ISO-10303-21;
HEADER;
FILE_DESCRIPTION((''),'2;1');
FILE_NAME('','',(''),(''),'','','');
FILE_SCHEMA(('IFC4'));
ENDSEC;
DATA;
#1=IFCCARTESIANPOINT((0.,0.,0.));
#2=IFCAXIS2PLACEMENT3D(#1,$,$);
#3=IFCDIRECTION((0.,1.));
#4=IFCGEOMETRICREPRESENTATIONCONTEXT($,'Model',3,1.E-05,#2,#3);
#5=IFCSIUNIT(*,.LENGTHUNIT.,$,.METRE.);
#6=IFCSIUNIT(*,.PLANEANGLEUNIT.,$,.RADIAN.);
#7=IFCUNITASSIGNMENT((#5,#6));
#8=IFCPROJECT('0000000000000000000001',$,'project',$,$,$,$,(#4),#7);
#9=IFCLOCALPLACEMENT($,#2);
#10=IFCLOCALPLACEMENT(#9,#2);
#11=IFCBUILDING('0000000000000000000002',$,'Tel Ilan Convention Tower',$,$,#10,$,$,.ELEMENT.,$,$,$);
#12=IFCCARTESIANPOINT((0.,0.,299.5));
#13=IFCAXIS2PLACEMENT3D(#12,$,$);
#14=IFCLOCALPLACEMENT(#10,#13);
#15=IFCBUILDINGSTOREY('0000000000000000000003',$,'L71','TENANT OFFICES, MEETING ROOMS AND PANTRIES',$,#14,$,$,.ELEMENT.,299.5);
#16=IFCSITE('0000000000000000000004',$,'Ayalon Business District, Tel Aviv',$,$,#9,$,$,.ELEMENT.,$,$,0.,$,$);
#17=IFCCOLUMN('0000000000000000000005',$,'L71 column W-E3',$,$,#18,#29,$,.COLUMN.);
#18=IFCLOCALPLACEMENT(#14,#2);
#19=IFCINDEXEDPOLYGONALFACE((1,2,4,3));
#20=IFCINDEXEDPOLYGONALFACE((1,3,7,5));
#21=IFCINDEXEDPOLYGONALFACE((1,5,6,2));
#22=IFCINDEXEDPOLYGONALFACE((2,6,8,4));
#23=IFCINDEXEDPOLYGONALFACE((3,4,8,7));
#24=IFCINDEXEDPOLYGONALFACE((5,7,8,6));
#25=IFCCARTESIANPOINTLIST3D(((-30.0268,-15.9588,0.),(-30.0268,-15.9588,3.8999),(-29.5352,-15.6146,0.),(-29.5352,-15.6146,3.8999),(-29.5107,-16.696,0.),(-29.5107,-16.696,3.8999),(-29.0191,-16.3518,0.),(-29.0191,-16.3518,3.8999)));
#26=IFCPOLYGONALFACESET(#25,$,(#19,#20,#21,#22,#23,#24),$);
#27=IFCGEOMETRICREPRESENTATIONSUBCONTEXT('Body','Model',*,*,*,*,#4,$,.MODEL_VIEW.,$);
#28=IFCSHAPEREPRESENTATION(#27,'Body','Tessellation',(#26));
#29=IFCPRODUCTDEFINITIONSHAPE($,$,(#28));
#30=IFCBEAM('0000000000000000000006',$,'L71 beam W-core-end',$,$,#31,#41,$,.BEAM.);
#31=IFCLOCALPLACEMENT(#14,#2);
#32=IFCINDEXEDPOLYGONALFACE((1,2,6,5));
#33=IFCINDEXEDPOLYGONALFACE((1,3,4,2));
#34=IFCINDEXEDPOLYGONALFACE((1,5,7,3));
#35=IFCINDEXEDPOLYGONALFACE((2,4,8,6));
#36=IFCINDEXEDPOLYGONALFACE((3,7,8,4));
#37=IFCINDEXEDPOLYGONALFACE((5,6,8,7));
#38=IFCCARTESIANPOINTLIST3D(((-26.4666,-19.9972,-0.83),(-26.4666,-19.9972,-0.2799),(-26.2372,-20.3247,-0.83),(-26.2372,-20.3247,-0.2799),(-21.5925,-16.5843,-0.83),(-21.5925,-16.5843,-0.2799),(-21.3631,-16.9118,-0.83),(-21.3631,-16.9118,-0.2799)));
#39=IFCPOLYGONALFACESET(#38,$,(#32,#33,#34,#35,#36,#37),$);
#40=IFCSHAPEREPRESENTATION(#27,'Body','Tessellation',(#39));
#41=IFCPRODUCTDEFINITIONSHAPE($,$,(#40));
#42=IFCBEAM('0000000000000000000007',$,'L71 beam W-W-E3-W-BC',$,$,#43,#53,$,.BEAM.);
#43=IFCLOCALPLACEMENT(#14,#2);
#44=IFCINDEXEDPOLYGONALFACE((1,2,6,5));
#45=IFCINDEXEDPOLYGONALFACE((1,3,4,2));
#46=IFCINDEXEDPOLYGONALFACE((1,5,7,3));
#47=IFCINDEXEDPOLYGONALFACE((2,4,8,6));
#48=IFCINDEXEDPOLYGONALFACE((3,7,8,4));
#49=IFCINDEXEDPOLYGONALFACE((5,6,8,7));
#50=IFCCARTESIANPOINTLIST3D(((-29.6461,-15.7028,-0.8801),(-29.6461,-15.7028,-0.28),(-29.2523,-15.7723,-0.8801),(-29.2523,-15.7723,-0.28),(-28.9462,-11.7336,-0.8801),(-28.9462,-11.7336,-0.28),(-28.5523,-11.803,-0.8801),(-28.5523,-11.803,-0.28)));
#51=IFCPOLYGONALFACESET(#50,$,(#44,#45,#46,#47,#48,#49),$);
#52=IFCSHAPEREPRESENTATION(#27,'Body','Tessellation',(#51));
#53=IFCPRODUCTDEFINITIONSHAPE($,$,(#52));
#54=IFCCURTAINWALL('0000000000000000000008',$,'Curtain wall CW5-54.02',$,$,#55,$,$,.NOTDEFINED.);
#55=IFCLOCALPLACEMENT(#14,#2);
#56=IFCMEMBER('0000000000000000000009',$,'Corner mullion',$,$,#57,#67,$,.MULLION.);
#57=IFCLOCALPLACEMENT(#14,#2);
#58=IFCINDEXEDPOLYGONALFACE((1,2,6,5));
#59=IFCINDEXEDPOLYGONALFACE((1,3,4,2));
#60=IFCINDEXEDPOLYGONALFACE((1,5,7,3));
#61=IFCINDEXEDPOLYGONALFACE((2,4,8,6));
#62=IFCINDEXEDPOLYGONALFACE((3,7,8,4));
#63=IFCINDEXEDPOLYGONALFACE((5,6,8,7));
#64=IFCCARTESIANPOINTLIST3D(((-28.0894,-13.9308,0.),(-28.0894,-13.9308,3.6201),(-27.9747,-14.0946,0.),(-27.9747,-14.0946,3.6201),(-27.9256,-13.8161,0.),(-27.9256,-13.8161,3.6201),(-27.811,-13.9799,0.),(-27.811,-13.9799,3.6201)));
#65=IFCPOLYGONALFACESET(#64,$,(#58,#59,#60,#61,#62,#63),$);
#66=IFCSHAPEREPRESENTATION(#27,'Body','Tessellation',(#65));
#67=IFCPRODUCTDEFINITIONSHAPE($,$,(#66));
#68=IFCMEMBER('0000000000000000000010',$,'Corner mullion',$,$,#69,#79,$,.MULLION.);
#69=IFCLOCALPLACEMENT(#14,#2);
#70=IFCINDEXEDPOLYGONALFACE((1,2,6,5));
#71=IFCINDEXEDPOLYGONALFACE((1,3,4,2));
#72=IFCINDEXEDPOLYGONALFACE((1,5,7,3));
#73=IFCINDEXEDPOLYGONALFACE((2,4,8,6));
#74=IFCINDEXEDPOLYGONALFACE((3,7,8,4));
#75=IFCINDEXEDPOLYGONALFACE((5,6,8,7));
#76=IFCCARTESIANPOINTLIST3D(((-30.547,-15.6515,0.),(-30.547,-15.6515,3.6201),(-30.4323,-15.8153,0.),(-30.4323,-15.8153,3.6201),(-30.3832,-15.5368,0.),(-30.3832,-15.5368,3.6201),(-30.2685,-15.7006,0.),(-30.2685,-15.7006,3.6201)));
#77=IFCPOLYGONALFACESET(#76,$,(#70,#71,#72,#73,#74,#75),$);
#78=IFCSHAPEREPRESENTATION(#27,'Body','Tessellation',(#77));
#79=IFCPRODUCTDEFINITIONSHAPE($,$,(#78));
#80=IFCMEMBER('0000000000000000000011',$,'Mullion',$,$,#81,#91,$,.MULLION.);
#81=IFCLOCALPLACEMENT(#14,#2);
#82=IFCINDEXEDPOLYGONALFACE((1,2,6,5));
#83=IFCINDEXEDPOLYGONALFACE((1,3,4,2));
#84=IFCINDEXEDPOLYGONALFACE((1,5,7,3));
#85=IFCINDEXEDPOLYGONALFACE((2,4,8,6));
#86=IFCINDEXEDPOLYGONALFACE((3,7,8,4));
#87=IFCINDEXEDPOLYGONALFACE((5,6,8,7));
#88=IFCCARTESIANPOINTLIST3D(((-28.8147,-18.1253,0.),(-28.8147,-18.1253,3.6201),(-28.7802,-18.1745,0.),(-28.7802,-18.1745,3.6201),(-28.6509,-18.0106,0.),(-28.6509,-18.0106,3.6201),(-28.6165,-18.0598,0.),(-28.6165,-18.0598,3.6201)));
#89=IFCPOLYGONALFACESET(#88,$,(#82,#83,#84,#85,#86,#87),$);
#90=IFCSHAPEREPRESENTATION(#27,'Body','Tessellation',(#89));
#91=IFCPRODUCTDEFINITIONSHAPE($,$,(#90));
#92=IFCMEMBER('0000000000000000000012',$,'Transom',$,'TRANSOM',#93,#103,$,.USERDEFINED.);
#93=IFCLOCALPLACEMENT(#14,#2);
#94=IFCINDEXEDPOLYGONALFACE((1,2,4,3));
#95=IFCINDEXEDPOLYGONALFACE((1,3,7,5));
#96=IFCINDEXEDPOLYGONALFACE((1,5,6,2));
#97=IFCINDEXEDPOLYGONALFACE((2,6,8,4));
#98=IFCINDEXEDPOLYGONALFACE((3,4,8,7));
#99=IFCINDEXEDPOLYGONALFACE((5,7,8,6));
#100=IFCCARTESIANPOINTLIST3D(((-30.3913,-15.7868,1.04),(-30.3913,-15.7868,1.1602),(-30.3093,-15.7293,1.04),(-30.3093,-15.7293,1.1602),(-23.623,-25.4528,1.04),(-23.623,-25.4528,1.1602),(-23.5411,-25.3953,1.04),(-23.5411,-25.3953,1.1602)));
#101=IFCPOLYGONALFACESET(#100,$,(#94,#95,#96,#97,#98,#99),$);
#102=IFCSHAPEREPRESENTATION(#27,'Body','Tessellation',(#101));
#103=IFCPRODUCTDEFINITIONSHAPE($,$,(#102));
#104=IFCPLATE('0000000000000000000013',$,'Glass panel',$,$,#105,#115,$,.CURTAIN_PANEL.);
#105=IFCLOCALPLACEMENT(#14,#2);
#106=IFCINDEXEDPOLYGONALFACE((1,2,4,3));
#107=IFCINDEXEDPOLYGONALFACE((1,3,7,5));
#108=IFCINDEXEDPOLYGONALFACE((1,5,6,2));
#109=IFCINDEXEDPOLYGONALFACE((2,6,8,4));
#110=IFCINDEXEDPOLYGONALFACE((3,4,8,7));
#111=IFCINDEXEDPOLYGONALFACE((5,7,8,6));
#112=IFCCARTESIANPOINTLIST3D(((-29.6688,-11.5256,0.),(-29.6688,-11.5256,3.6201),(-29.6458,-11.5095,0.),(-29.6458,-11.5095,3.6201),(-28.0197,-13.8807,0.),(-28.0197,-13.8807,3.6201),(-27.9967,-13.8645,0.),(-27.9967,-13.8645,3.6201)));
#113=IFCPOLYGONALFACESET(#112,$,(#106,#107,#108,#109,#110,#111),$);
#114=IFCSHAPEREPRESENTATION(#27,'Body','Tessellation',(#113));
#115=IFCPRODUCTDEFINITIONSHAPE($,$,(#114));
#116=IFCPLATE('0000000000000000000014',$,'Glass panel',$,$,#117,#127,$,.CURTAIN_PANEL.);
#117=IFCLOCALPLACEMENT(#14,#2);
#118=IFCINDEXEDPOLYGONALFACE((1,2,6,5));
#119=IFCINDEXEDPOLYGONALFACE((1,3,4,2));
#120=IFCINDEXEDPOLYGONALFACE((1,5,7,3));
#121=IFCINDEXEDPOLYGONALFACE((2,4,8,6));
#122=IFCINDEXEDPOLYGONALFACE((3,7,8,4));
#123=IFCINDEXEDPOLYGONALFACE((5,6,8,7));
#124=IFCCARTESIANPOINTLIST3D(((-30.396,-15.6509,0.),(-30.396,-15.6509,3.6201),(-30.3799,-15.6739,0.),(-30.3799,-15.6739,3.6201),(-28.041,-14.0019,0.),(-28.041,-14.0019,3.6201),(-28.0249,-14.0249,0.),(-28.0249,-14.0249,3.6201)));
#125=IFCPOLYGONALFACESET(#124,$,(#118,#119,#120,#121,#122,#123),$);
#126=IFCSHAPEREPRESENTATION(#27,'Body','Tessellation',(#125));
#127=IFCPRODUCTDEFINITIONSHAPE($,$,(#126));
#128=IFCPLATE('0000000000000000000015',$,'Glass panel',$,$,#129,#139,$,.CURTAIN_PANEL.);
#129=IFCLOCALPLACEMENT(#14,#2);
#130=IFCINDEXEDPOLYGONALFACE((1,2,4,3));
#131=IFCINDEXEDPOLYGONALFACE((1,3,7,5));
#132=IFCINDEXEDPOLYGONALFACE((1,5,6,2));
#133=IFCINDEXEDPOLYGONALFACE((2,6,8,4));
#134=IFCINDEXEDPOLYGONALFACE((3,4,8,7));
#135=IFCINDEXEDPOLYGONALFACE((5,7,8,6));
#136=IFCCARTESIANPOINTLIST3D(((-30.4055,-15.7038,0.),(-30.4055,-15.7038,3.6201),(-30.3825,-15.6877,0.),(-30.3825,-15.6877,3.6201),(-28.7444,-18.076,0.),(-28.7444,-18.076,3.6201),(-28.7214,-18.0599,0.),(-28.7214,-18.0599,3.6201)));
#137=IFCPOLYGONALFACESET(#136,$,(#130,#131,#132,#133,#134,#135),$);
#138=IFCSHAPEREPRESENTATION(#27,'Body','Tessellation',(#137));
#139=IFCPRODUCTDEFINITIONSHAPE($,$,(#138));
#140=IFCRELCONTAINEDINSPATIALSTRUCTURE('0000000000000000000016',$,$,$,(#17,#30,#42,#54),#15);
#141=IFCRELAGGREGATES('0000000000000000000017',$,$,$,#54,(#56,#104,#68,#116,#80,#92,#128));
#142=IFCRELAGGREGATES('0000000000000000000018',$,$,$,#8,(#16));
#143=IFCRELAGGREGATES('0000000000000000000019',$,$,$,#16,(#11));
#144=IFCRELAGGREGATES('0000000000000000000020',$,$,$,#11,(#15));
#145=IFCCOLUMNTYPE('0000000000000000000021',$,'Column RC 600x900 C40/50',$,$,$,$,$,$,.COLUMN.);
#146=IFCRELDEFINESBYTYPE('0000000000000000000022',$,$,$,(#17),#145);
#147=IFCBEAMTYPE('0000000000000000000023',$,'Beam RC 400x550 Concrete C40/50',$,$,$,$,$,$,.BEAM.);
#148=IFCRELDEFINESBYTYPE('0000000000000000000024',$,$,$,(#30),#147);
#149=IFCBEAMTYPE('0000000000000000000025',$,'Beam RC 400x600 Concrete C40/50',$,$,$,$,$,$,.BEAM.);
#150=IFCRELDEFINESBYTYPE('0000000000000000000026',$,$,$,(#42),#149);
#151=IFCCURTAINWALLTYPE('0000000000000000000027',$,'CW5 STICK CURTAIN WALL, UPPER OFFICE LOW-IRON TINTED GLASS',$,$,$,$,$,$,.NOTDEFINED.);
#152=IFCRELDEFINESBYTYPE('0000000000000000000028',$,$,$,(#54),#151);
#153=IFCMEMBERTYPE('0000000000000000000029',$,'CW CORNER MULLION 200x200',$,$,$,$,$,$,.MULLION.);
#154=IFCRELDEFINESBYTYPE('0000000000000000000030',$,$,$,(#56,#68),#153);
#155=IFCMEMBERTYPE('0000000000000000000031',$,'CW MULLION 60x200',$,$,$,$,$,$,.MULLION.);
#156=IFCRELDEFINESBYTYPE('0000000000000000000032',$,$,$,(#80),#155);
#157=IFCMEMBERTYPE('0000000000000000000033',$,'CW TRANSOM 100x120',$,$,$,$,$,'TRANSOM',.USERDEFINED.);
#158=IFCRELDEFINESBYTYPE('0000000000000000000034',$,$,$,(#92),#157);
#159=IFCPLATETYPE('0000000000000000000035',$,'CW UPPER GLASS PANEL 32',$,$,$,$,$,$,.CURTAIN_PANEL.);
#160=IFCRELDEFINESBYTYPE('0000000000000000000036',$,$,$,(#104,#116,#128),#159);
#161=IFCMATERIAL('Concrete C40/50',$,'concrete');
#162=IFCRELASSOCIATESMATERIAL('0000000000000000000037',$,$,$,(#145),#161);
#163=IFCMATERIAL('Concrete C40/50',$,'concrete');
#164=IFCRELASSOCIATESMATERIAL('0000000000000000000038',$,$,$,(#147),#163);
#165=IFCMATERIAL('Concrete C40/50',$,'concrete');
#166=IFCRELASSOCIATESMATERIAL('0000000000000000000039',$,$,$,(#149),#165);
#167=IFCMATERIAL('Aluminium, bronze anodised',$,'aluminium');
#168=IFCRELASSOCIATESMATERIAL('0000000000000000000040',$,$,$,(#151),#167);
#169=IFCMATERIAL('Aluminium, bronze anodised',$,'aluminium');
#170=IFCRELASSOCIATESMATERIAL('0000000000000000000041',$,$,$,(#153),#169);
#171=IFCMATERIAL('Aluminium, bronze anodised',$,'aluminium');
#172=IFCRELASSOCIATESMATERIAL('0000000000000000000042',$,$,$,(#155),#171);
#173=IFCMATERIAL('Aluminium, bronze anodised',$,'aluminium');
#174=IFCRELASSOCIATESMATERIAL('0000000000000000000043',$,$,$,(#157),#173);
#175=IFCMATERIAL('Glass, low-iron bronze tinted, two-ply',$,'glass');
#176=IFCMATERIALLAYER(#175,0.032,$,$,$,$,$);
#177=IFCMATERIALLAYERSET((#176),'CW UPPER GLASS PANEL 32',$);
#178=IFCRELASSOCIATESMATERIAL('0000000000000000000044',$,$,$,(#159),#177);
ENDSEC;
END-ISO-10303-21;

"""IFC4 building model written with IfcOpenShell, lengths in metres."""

from ifc_helpers import new_model, si_unit, direction, frame, origin, origin_2d, place, context, subcontext, project, spatial, rectangle, extrude, material, layer, layer_set, material_profile, profile_set, type_object, element, aggregate, save


model = new_model("IFC4")

# Units and contexts
model_context = context("Model", 3, precision=1e-05, world=origin(), true_north=direction((0.0, 1.0)))
body_context = subcontext(model_context, "Body", "Model", "MODEL_VIEW")
ifc_project = project(units=[si_unit("LENGTHUNIT", "METRE"), si_unit("PLANEANGLEUNIT", "RADIAN")], contexts=[model_context])

# Site, building, storey
site_placement = place(None, origin())
site = spatial("IfcSite", under=ifc_project, at=site_placement, Name="Ayalon Business District, Tel Aviv", CompositionType="ELEMENT", RefElevation=0.0)
building_placement = place(site_placement, origin())
building = spatial("IfcBuilding", under=site, at=building_placement, Name="Tel Ilan Convention Tower", CompositionType="ELEMENT")
storey_placement = place(building_placement, frame((0.0, 0.0, 299.5)))
storey = spatial("IfcBuildingStorey", under=building, at=storey_placement, Name="L71", Description="TENANT OFFICES, MEETING ROOMS AND PANTRIES", CompositionType="ELEMENT", Elevation=299.5)

# Column
ifc_material_1 = material(Name="Concrete C40/50", Category="concrete")
ifc_material_profile_1 = material_profile(ifc_material_1, rectangle(XDim=0.8999, YDim=0.6001, at=origin_2d()), Name="RC 600x900")
ifc_profile_set_1 = profile_set([ifc_material_profile_1], Name="Concrete C40/50")
column_type = type_object("IfcColumnType", Name="Column RC 600x900 C40/50", PredefinedType="COLUMN", material=ifc_profile_set_1)
column_placement = place(storey_placement, frame((-29.5229, -16.1553, 0.0), z_axis=(0.0, 0.0, 1.0), x_axis=(-0.573576, 0.819152, 0.0)))
element("IfcColumn", 1, at=column_placement, inside=storey, type_object=column_type, Name="L71 column W-E3", PredefinedType="COLUMN", context=body_context, shape_type="SweptSolid", body=[
    extrude(rectangle(XDim=0.8999, YDim=0.6001, at=origin_2d()), origin(), (0.0, 0.0, 1.0), 3.8999),
])

# Beams
ifc_material_2 = material(Name="Concrete C40/50", Category="concrete")
ifc_material_profile_2 = material_profile(ifc_material_2, rectangle(XDim=0.3999, YDim=0.55, at=origin_2d()), Name="RC 400x550")
ifc_profile_set_2 = profile_set([ifc_material_profile_2], Name="Concrete C40/50")
beam_type_1 = type_object("IfcBeamType", Name="Beam RC 400x550 Concrete C40/50", PredefinedType="BEAM", material=ifc_profile_set_2)
beam_1_placement = place(storey_placement, frame((-21.4778, -16.748, -0.5549), z_axis=(-0.819151, -0.573578, 0.0), x_axis=(0.573578, -0.819151, 0.0)))
element("IfcBeam", 2, at=beam_1_placement, inside=storey, type_object=beam_type_1, Name="L71 beam W-core-end", PredefinedType="BEAM", context=body_context, shape_type="SweptSolid", body=[
    extrude(rectangle(XDim=0.3999, YDim=0.55, at=origin_2d()), origin(), (0.0, 0.0, 1.0), 5.9502),
])
ifc_material_3 = material(Name="Concrete C40/50", Category="concrete")
ifc_material_profile_3 = material_profile(ifc_material_3, rectangle(XDim=0.3999, YDim=0.6001, at=origin_2d()), Name="RC 400x600")
ifc_profile_set_3 = profile_set([ifc_material_profile_3], Name="Concrete C40/50")
beam_type_2 = type_object("IfcBeamType", Name="Beam RC 400x600 Concrete C40/50", PredefinedType="BEAM", material=ifc_profile_set_3)
beam_2_placement = place(storey_placement, frame((-29.4492, -15.7375, -0.5801), z_axis=(0.173664, 0.984805, 0.0), x_axis=(-0.984805, 0.173664, 0.0)))
element("IfcBeam", 3, at=beam_2_placement, inside=storey, type_object=beam_type_2, Name="L71 beam W-W-E3-W-BC", PredefinedType="BEAM", context=body_context, shape_type="SweptSolid", body=[
    extrude(rectangle(XDim=0.3999, YDim=0.6001, at=origin_2d()), origin(), (0.0, 0.0, 1.0), 4.0305),
])

# Curtain wall, members, plates
ifc_material_4 = material(Name="Aluminium, bronze anodised", Category="aluminium")
curtain_wall_type = type_object("IfcCurtainWallType", Name="CW5 STICK CURTAIN WALL, UPPER OFFICE LOW-IRON TINTED GLASS", PredefinedType="NOTDEFINED", material=ifc_material_4)
curtain_wall_placement = place(storey_placement, origin())
curtain_wall = element("IfcCurtainWall", 4, at=curtain_wall_placement, inside=storey, type_object=curtain_wall_type, Name="Curtain wall CW5-54.02", PredefinedType="NOTDEFINED")
ifc_material_5 = material(Name="Aluminium, bronze anodised", Category="aluminium")
ifc_material_profile_4 = material_profile(ifc_material_5, rectangle(XDim=0.2, YDim=0.2, at=origin_2d()), Name="CW CORNER MULLION 200x200")
ifc_profile_set_4 = profile_set([ifc_material_profile_4], Name="Aluminium, bronze anodised")
member_type_1 = type_object("IfcMemberType", Name="CW CORNER MULLION 200x200", PredefinedType="MULLION", material=ifc_profile_set_4)
member_1_placement = place(storey_placement, frame((-27.9502, -13.9553, 0.0), z_axis=(0.0, 0.0, 1.0), x_axis=(0.573576, -0.819152, 0.0)))
member_1 = element("IfcMember", 5, at=member_1_placement, type_object=member_type_1, Name="Corner mullion", PredefinedType="MULLION", context=body_context, shape_type="SweptSolid", body=[
    extrude(rectangle(XDim=0.2, YDim=0.2, at=origin_2d()), origin(), (0.0, 0.0, 1.0), 3.6201),
])
member_2_placement = place(storey_placement, frame((-30.4077, -15.676, 0.0), z_axis=(0.0, 0.0, 1.0), x_axis=(-0.819152, -0.573576, 0.0)))
member_2 = element("IfcMember", 6, at=member_2_placement, type_object=member_type_1, Name="Corner mullion", PredefinedType="MULLION", context=body_context, shape_type="SweptSolid", body=[
    extrude(rectangle(XDim=0.2, YDim=0.2, at=origin_2d()), origin(), (0.0, 0.0, 1.0), 3.6201),
])
ifc_material_6 = material(Name="Aluminium, bronze anodised", Category="aluminium")
ifc_material_profile_5 = material_profile(ifc_material_6, rectangle(XDim=0.0601, YDim=0.2, at=origin_2d()), Name="CW MULLION 60x200")
ifc_profile_set_5 = profile_set([ifc_material_profile_5], Name="Aluminium, bronze anodised")
member_type_2 = type_object("IfcMemberType", Name="CW MULLION 60x200", PredefinedType="MULLION", material=ifc_profile_set_5)
member_3_placement = place(storey_placement, frame((-28.7156, -18.0925, 0.0), z_axis=(0.0, 0.0, 1.0), x_axis=(0.573576, -0.819152, 0.0)))
member_3 = element("IfcMember", 7, at=member_3_placement, type_object=member_type_2, Name="Mullion", PredefinedType="MULLION", context=body_context, shape_type="SweptSolid", body=[
    extrude(rectangle(XDim=0.0601, YDim=0.2, at=origin_2d()), origin(), (0.0, 0.0, 1.0), 3.6201),
])
ifc_material_7 = material(Name="Aluminium, bronze anodised", Category="aluminium")
ifc_material_profile_6 = material_profile(ifc_material_7, rectangle(XDim=0.1001, YDim=0.1201, at=origin_2d()), Name="CW TRANSOM 100x120")
ifc_profile_set_6 = profile_set([ifc_material_profile_6], Name="Aluminium, bronze anodised")
member_type_3 = type_object("IfcMemberType", Name="CW TRANSOM 100x120", ElementType="TRANSOM", PredefinedType="USERDEFINED", material=ifc_profile_set_6)
member_4_placement = place(storey_placement, frame((-30.3503, -15.7581, 1.1001), z_axis=(0.573582, -0.819148, 0.0), x_axis=(0.819148, 0.573582, 0.0)))
member_4 = element("IfcMember", 8, at=member_4_placement, type_object=member_type_3, Name="Transom", ObjectType="TRANSOM", PredefinedType="USERDEFINED", context=body_context, shape_type="SweptSolid", body=[
    extrude(rectangle(XDim=0.1001, YDim=0.1201, at=origin_2d()), origin(), (0.0, 0.0, 1.0), 11.8),
])
ifc_material_8 = material(Name="Glass, low-iron bronze tinted, two-ply", Category="glass")
ifc_layer_1 = layer(ifc_material_8, 0.032)
ifc_layer_set_1 = layer_set([ifc_layer_1], Name="CW UPPER GLASS PANEL 32")
plate_type = type_object("IfcPlateType", Name="CW UPPER GLASS PANEL 32", PredefinedType="CURTAIN_PANEL", material=ifc_layer_set_1)
plate_1_placement = place(storey_placement, frame((-28.8328, -12.6951, 0.0), z_axis=(0.0, 0.0, 1.0), x_axis=(0.573576, -0.819152, 0.0)))
plate_1 = element("IfcPlate", 9, at=plate_1_placement, type_object=plate_type, Name="Glass panel", PredefinedType="CURTAIN_PANEL", context=body_context, shape_type="SweptSolid", body=[
    extrude(rectangle(XDim=2.875, YDim=0.0281, at=origin_2d()), origin(), (0.0, 0.0, 1.0), 3.6201),
])
plate_2_placement = place(storey_placement, frame((-29.2104, -14.8379, 0.0), z_axis=(0.0, 0.0, 1.0), x_axis=(-0.819152, -0.573576, 0.0)))
plate_2 = element("IfcPlate", 10, at=plate_2_placement, type_object=plate_type, Name="Glass panel", PredefinedType="CURTAIN_PANEL", context=body_context, shape_type="SweptSolid", body=[
    extrude(rectangle(XDim=2.875, YDim=0.0281, at=origin_2d()), origin(), (0.0, 0.0, 1.0), 3.6201),
])
plate_3_placement = place(storey_placement, frame((-29.5635, -16.8818, 0.0), z_axis=(0.0, 0.0, 1.0), x_axis=(0.573576, -0.819152, 0.0)))
plate_3 = element("IfcPlate", 11, at=plate_3_placement, type_object=plate_type, Name="Glass panel", PredefinedType="CURTAIN_PANEL", context=body_context, shape_type="SweptSolid", body=[
    extrude(rectangle(XDim=2.896, YDim=0.0281, at=origin_2d()), origin(), (0.0, 0.0, 1.0), 3.6201),
])
aggregate(curtain_wall, [member_1, plate_1, member_2, plate_2, member_3, member_4, plate_3])

save(model, "model.ifc")
